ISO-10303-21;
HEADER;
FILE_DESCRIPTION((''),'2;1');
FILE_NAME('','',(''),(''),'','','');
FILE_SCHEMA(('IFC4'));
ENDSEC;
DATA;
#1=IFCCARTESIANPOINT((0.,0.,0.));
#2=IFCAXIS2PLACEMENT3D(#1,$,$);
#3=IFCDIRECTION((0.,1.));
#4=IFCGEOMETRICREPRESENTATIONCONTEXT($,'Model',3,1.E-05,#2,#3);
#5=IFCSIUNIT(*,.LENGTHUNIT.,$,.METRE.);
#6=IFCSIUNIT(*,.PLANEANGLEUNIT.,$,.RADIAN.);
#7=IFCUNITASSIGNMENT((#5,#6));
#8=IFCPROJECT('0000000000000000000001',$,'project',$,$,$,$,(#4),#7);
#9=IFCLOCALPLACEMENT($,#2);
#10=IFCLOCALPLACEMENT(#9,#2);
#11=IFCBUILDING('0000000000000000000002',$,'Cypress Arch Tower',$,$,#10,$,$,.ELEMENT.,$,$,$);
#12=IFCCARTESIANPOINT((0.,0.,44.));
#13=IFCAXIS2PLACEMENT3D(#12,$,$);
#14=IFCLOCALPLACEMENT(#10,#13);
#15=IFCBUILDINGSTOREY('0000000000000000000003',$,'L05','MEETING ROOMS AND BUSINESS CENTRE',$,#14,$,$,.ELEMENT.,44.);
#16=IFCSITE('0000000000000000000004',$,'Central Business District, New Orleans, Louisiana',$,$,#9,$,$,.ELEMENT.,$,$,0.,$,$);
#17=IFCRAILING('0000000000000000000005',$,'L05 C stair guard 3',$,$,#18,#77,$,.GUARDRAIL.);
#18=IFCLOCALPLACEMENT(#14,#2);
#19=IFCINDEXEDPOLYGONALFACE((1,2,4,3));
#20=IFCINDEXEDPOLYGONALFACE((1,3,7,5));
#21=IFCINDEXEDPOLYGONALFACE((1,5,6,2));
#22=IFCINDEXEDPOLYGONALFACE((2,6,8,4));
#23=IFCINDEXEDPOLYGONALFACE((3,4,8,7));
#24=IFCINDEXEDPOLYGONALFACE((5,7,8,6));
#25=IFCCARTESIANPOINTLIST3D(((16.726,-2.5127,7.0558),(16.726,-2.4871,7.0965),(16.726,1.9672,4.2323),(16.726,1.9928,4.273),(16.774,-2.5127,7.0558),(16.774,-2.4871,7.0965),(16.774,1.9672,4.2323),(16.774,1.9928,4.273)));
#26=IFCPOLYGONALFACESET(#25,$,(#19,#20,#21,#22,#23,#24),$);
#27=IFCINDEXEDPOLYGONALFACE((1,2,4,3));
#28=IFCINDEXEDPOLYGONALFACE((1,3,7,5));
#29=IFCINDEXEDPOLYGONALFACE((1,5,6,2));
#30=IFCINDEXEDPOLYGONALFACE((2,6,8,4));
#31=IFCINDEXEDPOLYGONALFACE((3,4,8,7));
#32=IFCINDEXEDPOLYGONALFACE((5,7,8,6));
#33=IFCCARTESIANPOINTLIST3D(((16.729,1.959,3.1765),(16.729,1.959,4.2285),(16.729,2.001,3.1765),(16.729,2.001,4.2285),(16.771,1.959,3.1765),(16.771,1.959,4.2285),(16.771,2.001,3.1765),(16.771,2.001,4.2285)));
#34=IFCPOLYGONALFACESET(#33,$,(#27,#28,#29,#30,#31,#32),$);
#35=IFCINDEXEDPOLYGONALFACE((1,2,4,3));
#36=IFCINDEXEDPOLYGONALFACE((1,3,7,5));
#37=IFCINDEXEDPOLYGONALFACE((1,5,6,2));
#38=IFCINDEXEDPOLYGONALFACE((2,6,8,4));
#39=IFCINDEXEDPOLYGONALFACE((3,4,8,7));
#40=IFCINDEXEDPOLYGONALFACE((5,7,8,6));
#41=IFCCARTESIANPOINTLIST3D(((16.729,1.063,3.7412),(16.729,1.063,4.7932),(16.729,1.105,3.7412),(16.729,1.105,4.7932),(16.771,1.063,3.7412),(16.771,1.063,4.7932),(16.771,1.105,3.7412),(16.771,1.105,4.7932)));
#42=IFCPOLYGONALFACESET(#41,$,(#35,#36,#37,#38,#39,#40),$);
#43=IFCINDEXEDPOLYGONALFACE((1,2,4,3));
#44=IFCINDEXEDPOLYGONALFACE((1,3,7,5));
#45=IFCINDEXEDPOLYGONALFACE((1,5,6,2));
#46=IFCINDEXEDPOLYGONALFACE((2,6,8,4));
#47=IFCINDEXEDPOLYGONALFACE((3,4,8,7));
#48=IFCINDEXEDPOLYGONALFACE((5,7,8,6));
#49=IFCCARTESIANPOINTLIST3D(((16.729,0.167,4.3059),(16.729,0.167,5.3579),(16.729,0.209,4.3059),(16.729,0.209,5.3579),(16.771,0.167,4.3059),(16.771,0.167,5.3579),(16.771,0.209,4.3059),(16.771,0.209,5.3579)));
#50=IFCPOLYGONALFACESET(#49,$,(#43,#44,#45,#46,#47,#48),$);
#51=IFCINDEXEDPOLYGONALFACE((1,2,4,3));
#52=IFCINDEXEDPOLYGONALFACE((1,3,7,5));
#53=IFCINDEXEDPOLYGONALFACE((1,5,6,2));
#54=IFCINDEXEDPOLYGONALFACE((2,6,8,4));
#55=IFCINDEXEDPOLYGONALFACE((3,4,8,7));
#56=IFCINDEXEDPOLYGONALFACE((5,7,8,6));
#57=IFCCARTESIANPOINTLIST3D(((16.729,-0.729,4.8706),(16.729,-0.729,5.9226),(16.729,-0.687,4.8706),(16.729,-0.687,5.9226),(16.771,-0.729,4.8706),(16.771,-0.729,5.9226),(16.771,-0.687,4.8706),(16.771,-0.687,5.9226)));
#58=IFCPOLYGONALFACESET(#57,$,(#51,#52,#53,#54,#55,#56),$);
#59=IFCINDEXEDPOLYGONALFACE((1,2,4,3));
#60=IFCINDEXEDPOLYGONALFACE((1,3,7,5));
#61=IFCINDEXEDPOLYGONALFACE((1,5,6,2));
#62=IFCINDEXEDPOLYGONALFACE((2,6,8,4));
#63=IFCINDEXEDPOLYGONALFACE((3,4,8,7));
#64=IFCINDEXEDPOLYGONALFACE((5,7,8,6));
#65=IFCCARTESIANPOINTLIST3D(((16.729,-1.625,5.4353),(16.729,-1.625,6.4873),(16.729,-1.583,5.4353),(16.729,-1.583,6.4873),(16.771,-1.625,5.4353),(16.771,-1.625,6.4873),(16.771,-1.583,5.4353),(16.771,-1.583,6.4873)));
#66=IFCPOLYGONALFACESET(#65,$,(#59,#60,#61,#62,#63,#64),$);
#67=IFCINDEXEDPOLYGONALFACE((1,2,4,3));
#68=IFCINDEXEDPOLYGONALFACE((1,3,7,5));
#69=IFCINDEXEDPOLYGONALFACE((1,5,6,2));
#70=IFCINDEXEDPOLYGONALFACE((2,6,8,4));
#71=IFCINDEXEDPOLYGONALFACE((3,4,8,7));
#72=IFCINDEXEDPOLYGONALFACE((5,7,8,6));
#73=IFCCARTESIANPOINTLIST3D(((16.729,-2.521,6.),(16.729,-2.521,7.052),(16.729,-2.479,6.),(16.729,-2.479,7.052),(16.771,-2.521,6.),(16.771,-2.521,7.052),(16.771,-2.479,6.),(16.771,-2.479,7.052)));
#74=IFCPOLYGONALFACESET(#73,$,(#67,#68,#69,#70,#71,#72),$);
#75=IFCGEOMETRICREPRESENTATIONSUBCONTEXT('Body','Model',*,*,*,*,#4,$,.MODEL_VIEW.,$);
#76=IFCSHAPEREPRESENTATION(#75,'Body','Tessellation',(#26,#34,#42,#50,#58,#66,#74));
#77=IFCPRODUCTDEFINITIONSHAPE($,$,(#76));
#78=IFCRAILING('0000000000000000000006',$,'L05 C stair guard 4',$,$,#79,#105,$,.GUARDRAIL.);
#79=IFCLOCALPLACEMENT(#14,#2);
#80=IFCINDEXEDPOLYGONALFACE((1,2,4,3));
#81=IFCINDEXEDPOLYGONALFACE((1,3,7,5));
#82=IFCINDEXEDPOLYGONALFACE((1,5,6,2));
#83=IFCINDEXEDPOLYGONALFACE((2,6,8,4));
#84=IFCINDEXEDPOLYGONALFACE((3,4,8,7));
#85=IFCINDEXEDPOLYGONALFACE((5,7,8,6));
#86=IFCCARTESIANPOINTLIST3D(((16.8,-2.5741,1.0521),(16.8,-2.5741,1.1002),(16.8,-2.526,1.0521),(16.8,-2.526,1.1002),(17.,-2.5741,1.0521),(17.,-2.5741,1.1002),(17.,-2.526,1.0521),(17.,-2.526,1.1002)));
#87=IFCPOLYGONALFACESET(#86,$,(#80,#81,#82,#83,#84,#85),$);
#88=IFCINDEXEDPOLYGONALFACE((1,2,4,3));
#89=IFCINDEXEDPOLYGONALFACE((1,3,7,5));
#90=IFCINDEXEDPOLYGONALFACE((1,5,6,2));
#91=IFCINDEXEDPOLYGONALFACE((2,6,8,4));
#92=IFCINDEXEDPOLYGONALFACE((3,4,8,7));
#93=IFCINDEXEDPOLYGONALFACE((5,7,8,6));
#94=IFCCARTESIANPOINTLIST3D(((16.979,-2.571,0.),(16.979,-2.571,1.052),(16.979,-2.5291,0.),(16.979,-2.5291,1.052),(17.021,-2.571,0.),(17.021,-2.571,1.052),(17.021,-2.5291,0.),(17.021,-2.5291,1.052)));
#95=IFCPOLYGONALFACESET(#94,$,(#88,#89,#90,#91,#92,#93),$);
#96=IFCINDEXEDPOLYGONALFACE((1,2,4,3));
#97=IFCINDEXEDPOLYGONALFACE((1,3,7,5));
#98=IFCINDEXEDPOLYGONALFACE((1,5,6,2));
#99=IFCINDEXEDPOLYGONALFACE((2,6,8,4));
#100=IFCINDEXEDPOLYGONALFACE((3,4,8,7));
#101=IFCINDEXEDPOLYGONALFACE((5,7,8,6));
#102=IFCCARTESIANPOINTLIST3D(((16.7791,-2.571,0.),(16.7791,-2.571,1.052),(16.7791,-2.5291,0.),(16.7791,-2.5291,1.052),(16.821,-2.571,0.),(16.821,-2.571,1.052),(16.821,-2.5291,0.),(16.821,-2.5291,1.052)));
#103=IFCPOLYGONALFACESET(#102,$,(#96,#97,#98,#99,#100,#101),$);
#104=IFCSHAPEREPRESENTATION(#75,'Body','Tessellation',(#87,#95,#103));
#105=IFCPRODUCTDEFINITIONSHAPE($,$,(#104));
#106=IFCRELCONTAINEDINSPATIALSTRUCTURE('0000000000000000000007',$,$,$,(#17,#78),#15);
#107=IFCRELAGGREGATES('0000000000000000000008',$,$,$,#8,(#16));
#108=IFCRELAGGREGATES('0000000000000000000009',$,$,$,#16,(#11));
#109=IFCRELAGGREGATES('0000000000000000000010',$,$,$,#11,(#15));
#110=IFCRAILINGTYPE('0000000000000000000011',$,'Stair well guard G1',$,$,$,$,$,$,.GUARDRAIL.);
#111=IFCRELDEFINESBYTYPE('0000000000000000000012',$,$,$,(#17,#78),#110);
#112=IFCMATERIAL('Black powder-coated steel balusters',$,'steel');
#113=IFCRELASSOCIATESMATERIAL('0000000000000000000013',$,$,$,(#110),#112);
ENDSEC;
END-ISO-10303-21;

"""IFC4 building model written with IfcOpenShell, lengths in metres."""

from ifc_helpers import new_model, si_unit, direction, frame, origin, origin_2d, place, context, subcontext, project, spatial, rectangle, extrude, material, type_object, element, save


model = new_model("IFC4")

# Units and contexts
model_context = context("Model", 3, precision=1e-05, world=origin(), true_north=direction((0.0, 1.0)))
body_context = subcontext(model_context, "Body", "Model", "MODEL_VIEW")
ifc_project = project(units=[si_unit("LENGTHUNIT", "METRE"), si_unit("PLANEANGLEUNIT", "RADIAN")], contexts=[model_context])

# Site, building, storey
site_placement = place(None, origin())
site = spatial("IfcSite", under=ifc_project, at=site_placement, Name="Central Business District, New Orleans, Louisiana", CompositionType="ELEMENT", RefElevation=0.0)
building_placement = place(site_placement, origin())
building = spatial("IfcBuilding", under=site, at=building_placement, Name="Cypress Arch Tower", CompositionType="ELEMENT")
storey_placement = place(building_placement, frame((0.0, 0.0, 44.0)))
storey = spatial("IfcBuildingStorey", under=building, at=storey_placement, Name="L05", Description="MEETING ROOMS AND BUSINESS CENTRE", CompositionType="ELEMENT", Elevation=44.0)

# Railings
ifc_material_1 = material(Name="Black powder-coated steel balusters", Category="steel")
railing_type_1 = type_object("IfcRailingType", Name="Stair well guard G1", PredefinedType="GUARDRAIL", material=ifc_material_1)
railing_1_placement = place(storey_placement, frame((16.75, 1.98, 3.1765)))
element("IfcRailing", 1, at=railing_1_placement, inside=storey, type_object=railing_type_1, Name="L05 C stair guard 3", PredefinedType="GUARDRAIL", context=body_context, shape_type="SweptSolid", body=[
    extrude(rectangle(XDim=0.0481, YDim=0.0481, at=origin_2d()), frame((0.0, 0.0, 1.0762), z_axis=(0.0, -0.845998, 0.533186), x_axis=(1.0, 0.0, 0.0)), (0.0, 0.0, 1.0), 5.2954),
    extrude(rectangle(XDim=0.042, YDim=0.042, at=origin_2d()), origin(), (0.0, 0.0, 1.0), 1.052),
    extrude(rectangle(XDim=0.042, YDim=0.042, at=origin_2d()), frame((0.0, -0.896, 0.5647)), (0.0, 0.0, 1.0), 1.052),
    extrude(rectangle(XDim=0.042, YDim=0.042, at=origin_2d()), frame((0.0, -1.792, 1.1294)), (0.0, 0.0, 1.0), 1.052),
    extrude(rectangle(XDim=0.042, YDim=0.042, at=origin_2d()), frame((0.0, -2.688, 1.6941)), (0.0, 0.0, 1.0), 1.052),
    extrude(rectangle(XDim=0.042, YDim=0.042, at=origin_2d()), frame((0.0, -3.584, 2.2588)), (0.0, 0.0, 1.0), 1.052),
    extrude(rectangle(XDim=0.042, YDim=0.042, at=origin_2d()), frame((0.0, -4.48, 2.8235)), (0.0, 0.0, 1.0), 1.052),
])
railing_2_placement = place(storey_placement, frame((17.0, -2.55, 0.0)))
element("IfcRailing", 2, at=railing_2_placement, inside=storey, type_object=railing_type_1, Name="L05 C stair guard 4", PredefinedType="GUARDRAIL", context=body_context, shape_type="SweptSolid", body=[
    extrude(rectangle(XDim=0.0481, YDim=0.0481, at=origin_2d()), frame((0.0, 0.0, 1.0762), z_axis=(-1.0, 0.0, 0.0), x_axis=(0.0, -1.0, 0.0)), (0.0, 0.0, 1.0), 0.2),
    extrude(rectangle(XDim=0.042, YDim=0.042, at=origin_2d()), origin(), (0.0, 0.0, 1.0), 1.052),
    extrude(rectangle(XDim=0.042, YDim=0.042, at=origin_2d()), frame((-0.2, 0.0, 0.0)), (0.0, 0.0, 1.0), 1.052),
])

save(model, "model.ifc")
